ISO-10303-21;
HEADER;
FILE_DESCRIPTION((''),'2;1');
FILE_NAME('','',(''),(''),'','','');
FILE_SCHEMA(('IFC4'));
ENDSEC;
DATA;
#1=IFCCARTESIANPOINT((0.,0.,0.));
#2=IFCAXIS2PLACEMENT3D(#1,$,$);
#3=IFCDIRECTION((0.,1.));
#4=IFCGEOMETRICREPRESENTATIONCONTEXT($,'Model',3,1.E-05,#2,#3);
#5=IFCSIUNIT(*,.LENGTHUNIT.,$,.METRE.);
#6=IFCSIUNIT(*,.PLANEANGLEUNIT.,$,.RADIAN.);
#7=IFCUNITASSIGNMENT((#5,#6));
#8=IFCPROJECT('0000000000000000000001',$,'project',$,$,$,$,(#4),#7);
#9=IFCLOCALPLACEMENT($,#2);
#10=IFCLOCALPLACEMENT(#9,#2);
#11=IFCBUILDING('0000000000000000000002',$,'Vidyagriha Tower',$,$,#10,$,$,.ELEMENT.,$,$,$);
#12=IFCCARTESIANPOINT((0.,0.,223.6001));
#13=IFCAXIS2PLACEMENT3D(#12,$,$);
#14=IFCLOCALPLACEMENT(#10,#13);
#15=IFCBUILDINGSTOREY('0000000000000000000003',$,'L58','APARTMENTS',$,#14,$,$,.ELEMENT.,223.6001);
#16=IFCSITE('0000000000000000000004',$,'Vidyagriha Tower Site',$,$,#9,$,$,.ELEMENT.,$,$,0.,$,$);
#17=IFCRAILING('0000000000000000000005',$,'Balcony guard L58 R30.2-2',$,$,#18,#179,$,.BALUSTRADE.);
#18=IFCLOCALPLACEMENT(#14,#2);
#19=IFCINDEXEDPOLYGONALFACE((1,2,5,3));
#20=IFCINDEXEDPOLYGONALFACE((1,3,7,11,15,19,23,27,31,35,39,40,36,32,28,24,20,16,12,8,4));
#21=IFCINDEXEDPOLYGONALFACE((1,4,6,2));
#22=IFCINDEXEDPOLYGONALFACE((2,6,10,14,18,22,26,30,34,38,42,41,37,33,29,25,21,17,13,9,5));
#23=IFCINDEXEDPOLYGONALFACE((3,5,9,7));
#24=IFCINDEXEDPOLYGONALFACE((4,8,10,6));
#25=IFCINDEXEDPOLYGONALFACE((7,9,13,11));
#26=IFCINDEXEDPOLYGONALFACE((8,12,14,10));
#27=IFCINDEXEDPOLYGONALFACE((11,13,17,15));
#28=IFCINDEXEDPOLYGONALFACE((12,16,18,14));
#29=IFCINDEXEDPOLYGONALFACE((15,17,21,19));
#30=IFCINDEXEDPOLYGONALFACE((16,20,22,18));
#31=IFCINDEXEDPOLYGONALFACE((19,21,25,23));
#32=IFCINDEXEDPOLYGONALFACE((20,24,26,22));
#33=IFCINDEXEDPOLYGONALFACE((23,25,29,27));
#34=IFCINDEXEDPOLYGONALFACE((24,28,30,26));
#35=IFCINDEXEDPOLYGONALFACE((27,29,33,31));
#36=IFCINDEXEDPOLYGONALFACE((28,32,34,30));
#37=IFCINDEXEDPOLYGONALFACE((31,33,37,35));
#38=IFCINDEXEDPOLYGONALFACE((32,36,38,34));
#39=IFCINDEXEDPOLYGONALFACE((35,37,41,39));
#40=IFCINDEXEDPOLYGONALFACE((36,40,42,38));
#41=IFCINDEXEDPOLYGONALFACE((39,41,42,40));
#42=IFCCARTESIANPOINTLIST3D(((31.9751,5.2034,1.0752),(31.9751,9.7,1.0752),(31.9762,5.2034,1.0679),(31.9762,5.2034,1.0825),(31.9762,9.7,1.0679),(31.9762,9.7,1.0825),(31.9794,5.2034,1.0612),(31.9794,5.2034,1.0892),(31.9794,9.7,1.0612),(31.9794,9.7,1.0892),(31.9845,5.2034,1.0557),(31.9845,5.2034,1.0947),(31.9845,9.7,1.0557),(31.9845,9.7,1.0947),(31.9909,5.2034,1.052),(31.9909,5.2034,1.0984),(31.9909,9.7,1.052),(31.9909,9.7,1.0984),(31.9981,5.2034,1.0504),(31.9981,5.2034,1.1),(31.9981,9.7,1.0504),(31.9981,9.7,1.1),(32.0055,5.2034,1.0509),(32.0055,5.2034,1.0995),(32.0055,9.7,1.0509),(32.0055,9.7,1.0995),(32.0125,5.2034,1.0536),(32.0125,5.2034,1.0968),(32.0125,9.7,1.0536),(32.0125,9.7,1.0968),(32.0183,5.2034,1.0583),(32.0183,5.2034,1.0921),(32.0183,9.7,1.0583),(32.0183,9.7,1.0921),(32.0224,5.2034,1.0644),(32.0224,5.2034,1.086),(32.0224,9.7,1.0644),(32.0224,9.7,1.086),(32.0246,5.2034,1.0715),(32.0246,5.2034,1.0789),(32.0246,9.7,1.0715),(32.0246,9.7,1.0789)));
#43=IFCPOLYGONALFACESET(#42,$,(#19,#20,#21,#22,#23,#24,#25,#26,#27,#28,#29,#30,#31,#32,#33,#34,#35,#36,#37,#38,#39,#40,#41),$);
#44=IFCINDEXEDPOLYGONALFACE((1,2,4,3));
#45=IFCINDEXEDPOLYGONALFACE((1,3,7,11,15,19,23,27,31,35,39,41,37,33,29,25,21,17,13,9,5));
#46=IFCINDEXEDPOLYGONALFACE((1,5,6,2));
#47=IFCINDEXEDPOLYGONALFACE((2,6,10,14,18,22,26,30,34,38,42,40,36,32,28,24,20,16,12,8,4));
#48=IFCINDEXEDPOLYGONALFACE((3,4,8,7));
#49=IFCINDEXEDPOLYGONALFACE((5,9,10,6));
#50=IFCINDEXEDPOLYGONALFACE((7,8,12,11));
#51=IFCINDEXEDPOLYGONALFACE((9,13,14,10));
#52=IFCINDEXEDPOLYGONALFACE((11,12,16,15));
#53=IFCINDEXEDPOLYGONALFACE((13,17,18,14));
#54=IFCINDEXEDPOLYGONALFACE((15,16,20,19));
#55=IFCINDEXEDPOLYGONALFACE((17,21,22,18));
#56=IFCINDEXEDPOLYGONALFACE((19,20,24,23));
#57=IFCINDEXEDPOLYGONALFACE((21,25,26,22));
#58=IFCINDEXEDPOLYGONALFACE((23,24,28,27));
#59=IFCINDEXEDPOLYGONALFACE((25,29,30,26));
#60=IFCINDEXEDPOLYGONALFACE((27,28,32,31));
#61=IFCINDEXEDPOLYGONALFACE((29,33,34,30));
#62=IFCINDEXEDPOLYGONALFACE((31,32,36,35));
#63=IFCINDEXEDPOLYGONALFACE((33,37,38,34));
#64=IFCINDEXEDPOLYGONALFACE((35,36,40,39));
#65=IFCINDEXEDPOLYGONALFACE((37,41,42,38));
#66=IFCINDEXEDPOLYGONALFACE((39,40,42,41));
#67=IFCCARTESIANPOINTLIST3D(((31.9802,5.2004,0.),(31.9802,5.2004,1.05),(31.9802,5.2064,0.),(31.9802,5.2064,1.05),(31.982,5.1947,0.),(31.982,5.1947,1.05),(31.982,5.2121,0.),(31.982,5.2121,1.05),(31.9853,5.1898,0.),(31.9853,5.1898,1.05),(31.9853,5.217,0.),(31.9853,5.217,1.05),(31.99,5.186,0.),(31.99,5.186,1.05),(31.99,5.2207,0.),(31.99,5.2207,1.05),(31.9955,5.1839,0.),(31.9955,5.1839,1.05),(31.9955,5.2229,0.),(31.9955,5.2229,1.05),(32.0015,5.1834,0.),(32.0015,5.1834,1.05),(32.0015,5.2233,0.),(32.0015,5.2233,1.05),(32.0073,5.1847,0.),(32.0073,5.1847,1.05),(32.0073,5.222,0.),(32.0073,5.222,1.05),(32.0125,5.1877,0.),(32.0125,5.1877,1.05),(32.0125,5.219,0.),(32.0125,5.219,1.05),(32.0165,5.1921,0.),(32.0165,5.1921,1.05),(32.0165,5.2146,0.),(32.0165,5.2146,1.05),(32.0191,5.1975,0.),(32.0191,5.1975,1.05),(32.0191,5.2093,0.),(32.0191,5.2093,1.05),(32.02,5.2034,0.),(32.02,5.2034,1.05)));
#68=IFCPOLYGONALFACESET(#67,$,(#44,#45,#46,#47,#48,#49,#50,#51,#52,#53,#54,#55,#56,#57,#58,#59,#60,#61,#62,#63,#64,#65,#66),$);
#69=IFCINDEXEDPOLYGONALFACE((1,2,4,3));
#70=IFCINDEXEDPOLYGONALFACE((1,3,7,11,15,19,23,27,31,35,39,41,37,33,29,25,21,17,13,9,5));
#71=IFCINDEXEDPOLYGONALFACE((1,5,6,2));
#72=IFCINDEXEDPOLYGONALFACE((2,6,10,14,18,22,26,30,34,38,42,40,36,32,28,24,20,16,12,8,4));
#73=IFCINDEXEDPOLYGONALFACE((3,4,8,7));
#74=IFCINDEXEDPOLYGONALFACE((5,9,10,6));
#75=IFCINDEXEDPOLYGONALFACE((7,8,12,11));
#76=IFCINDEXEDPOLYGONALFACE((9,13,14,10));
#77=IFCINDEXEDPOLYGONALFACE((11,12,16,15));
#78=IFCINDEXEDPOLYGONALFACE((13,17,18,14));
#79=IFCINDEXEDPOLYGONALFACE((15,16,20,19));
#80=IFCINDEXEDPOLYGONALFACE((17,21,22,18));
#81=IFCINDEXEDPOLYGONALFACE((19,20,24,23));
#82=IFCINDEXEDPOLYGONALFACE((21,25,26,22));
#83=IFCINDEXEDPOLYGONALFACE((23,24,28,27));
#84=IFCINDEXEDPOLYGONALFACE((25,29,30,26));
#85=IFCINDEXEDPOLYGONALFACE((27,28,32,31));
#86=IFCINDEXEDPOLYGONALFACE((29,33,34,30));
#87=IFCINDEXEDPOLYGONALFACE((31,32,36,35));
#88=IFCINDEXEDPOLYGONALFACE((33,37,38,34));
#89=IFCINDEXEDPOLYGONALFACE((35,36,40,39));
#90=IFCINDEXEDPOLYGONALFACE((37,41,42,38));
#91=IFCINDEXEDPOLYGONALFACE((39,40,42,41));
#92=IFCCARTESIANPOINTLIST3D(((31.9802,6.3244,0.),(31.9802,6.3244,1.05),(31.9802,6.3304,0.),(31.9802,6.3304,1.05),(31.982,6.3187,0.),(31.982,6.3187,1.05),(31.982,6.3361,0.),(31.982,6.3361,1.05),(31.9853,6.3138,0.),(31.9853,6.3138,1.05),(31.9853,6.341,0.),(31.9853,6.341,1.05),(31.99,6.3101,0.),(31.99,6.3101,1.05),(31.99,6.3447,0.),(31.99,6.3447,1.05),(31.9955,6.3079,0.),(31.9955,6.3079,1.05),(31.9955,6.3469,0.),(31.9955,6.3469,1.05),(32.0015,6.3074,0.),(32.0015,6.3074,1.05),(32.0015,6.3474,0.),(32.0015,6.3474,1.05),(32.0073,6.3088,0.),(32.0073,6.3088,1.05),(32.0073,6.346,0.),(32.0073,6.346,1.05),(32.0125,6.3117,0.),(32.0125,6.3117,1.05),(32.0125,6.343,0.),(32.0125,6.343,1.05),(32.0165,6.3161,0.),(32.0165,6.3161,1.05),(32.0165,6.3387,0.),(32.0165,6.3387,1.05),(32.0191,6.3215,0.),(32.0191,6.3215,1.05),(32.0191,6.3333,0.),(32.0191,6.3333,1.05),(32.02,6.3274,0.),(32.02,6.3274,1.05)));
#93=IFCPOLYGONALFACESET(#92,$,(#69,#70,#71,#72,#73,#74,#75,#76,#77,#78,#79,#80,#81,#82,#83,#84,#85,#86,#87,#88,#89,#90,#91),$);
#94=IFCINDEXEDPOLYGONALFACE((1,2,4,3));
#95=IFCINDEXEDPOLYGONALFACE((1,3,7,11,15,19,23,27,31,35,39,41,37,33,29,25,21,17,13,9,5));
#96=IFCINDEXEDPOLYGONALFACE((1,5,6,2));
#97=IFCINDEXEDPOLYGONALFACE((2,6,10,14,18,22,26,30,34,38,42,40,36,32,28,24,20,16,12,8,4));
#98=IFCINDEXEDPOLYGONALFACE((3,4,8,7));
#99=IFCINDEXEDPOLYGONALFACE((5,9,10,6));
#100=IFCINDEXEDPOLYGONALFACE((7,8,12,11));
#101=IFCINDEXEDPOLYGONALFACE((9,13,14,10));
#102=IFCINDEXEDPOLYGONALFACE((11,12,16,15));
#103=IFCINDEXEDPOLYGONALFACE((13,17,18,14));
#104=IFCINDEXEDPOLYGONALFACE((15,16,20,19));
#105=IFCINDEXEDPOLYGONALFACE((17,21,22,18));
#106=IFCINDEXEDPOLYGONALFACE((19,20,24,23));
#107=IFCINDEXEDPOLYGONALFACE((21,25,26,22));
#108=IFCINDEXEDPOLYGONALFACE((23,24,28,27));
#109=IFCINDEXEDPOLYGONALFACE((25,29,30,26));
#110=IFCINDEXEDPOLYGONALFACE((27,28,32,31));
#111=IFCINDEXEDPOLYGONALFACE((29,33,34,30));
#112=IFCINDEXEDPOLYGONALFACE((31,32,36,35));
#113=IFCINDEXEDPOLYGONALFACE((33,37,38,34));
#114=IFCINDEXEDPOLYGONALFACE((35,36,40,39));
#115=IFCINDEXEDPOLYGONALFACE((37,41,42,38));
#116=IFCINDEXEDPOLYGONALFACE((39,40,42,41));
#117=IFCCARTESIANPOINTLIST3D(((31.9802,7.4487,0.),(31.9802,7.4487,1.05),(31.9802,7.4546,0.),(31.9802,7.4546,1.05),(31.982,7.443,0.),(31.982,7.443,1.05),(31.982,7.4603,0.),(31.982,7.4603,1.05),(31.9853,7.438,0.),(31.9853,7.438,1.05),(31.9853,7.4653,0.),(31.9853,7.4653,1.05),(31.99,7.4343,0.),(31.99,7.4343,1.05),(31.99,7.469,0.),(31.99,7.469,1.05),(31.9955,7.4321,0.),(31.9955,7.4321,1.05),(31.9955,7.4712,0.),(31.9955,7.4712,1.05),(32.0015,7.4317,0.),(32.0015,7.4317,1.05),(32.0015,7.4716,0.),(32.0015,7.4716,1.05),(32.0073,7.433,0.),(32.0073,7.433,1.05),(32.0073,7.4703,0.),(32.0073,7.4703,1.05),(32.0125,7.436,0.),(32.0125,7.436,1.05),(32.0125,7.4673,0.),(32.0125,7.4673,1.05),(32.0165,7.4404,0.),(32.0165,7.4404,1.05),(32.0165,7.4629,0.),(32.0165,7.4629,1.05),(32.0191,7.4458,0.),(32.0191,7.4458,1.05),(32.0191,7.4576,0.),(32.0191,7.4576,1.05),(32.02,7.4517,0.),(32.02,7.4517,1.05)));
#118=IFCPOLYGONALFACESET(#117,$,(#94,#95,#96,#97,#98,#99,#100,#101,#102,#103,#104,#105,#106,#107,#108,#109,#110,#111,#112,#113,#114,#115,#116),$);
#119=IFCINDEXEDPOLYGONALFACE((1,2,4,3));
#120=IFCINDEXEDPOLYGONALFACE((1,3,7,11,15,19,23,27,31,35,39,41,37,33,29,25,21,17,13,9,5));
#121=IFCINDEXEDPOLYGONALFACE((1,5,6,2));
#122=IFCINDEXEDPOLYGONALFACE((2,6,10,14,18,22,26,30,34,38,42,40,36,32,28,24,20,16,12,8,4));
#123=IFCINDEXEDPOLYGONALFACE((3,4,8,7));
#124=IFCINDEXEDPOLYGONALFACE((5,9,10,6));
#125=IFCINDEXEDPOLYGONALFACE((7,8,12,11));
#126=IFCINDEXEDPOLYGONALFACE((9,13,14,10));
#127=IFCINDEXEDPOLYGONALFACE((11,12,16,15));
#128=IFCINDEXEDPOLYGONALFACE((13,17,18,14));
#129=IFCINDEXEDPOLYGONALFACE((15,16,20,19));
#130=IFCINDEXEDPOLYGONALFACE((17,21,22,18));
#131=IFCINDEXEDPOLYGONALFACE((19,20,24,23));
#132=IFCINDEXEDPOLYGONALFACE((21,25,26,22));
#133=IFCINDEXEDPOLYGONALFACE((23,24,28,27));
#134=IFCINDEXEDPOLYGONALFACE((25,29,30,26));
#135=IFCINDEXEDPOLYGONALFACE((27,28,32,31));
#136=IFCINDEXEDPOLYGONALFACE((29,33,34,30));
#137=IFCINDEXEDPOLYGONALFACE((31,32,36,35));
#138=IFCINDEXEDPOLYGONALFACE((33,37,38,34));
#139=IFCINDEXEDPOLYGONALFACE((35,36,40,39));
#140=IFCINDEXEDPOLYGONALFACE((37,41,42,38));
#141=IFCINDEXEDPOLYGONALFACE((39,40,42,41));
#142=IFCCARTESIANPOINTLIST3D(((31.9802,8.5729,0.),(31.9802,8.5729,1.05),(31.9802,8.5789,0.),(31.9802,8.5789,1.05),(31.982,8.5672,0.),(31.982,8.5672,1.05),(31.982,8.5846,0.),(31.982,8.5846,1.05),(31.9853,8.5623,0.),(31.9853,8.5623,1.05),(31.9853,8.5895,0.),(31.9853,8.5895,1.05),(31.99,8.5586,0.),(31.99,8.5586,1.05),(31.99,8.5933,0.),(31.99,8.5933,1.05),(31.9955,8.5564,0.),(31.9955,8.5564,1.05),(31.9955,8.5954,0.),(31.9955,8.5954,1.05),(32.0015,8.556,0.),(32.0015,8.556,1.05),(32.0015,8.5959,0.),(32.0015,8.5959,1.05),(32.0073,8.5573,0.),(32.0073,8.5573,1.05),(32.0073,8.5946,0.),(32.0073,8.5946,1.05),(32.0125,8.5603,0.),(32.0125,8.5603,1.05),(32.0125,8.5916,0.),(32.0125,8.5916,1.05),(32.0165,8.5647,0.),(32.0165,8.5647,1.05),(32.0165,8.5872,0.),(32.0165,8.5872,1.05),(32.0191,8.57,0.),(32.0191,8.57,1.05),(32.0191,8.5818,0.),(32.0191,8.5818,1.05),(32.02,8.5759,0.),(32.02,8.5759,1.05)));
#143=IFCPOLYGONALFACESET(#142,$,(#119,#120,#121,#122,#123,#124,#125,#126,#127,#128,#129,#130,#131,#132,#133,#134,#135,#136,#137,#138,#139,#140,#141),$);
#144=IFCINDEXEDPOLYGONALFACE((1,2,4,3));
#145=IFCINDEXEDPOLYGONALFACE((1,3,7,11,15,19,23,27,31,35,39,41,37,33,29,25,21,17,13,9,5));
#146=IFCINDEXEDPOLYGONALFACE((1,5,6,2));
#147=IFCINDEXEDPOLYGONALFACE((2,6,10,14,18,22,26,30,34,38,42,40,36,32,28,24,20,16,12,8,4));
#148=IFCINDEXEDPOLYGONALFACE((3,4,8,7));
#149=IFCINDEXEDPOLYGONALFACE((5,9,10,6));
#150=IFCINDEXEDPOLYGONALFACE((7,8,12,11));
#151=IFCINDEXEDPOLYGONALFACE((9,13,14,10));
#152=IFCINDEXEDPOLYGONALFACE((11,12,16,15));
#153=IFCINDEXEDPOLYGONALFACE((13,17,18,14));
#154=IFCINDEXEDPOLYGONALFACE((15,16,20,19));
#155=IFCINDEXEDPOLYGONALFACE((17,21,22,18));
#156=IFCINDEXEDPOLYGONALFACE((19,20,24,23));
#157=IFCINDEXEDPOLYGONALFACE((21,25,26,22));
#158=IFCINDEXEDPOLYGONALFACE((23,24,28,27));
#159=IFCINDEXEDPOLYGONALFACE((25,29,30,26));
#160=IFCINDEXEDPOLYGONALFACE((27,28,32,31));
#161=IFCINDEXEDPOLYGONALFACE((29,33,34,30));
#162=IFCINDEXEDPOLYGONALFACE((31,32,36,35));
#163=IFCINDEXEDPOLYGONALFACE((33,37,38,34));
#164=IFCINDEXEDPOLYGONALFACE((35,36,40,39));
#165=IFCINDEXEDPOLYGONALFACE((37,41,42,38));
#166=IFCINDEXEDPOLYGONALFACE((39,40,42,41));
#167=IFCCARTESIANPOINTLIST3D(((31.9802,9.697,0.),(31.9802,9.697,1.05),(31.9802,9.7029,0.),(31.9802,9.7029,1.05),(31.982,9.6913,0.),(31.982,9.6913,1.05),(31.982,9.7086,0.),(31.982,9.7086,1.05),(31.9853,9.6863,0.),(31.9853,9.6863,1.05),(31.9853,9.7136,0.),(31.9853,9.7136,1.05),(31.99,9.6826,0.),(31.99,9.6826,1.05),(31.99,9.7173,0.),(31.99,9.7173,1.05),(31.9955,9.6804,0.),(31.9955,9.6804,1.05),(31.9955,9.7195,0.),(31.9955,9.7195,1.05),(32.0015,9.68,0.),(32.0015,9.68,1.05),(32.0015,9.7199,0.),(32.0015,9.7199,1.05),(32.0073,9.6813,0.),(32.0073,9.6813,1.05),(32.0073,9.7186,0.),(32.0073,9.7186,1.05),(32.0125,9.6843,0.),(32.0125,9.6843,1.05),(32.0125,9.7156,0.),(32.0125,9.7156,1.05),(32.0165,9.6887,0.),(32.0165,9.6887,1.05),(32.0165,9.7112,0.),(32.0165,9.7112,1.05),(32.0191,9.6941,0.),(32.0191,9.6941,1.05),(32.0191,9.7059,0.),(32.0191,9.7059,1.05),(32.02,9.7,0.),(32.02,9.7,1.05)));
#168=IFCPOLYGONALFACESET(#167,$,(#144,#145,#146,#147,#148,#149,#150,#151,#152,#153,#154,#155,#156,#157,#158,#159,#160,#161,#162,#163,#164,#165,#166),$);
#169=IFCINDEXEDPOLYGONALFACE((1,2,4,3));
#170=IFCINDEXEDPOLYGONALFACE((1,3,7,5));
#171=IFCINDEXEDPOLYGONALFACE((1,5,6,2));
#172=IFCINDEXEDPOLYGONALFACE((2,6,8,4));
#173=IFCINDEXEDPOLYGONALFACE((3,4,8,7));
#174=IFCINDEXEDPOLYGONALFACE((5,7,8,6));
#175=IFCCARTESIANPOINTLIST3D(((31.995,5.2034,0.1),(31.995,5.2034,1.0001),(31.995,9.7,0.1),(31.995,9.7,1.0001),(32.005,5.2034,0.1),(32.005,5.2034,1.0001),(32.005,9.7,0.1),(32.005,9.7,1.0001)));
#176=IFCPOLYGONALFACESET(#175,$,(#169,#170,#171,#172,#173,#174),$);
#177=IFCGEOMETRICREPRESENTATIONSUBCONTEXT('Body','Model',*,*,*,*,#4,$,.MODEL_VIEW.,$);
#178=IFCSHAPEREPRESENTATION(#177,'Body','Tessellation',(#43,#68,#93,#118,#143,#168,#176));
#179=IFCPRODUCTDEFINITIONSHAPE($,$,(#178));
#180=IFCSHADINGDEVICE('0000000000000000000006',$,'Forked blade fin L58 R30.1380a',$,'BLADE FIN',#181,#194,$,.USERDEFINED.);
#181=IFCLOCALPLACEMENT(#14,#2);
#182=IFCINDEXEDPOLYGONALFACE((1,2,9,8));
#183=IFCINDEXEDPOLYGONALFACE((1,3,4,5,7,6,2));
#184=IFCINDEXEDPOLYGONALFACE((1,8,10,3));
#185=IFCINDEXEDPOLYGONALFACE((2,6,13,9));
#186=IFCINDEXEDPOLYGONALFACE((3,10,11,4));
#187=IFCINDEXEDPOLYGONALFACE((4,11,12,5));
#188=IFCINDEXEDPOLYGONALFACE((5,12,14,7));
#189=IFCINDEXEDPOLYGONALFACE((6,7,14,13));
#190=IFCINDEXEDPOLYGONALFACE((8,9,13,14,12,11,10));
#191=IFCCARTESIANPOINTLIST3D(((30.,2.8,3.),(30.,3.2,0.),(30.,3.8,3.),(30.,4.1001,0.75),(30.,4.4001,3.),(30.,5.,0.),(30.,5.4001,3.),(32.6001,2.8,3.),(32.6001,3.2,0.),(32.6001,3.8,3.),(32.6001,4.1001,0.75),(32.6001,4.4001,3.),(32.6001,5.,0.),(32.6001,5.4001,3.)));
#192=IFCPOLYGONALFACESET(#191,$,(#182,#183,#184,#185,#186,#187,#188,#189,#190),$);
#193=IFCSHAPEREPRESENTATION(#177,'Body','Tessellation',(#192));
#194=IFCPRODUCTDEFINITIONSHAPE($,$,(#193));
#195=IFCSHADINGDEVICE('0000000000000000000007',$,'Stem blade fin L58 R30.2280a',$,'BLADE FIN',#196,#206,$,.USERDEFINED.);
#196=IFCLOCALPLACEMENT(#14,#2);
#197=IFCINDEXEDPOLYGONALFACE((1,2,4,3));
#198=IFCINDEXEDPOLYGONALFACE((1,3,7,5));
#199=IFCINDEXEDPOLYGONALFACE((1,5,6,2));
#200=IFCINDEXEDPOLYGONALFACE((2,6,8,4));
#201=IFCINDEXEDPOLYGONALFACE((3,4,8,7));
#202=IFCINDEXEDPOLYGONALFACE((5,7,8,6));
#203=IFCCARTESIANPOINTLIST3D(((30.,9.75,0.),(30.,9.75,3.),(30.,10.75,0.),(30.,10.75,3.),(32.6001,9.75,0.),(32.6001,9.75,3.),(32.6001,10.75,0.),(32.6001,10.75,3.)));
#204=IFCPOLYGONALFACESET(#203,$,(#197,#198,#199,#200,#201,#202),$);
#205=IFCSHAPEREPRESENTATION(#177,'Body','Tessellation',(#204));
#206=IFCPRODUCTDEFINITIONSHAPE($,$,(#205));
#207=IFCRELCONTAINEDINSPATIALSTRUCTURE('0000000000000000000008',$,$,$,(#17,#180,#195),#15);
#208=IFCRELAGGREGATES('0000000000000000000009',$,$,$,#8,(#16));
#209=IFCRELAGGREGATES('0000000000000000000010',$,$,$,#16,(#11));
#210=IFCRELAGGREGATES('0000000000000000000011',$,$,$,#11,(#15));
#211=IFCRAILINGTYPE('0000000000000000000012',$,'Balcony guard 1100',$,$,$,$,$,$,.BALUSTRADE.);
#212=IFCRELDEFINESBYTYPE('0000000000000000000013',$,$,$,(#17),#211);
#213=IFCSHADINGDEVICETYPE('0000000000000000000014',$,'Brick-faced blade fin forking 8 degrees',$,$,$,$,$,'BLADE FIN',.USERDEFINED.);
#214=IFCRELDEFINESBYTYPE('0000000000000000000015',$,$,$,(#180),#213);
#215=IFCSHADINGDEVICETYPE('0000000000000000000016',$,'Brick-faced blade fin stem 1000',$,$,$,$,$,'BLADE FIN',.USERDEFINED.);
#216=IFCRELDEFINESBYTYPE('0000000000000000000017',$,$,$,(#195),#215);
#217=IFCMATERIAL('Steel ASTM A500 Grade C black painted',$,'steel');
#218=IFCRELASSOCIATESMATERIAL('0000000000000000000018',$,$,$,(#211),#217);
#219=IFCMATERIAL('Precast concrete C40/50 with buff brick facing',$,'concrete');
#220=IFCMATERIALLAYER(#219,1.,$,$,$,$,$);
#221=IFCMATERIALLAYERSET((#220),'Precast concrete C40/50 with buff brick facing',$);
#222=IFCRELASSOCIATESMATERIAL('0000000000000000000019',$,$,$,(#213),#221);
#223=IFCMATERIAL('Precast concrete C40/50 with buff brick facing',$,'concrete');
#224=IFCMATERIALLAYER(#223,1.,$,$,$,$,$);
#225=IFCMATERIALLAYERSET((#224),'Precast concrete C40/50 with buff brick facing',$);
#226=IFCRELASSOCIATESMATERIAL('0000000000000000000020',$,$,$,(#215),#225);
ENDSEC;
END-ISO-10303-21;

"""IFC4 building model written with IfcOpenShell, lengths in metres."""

from ifc_helpers import new_model, si_unit, direction, frame, origin, origin_2d, place, context, subcontext, project, spatial, polyline, rectangle, circle, outline, extrude, material, layer, layer_set, type_object, element, save


model = new_model("IFC4")

# Units and contexts
model_context = context("Model", 3, precision=1e-05, world=origin(), true_north=direction((0.0, 1.0)))
body_context = subcontext(model_context, "Body", "Model", "MODEL_VIEW")
ifc_project = project(units=[si_unit("LENGTHUNIT", "METRE"), si_unit("PLANEANGLEUNIT", "RADIAN")], contexts=[model_context])

# Site, building, storey
site_placement = place(None, origin())
site = spatial("IfcSite", under=ifc_project, at=site_placement, Name="Vidyagriha Tower Site", CompositionType="ELEMENT", RefElevation=0.0)
building_placement = place(site_placement, origin())
building = spatial("IfcBuilding", under=site, at=building_placement, Name="Vidyagriha Tower", CompositionType="ELEMENT")
storey_placement = place(building_placement, frame((0.0, 0.0, 223.6001)))
storey = spatial("IfcBuildingStorey", under=building, at=storey_placement, Name="L58", Description="APARTMENTS", CompositionType="ELEMENT", Elevation=223.6001)

# Railing
ifc_material_1 = material(Name="Steel ASTM A500 Grade C black painted", Category="steel")
railing_type_1 = type_object("IfcRailingType", Name="Balcony guard 1100", PredefinedType="BALUSTRADE", material=ifc_material_1)
railing_1_placement = place(storey_placement, frame((32.0, 5.2034, 0.0)))
element("IfcRailing", 1, at=railing_1_placement, inside=storey, type_object=railing_type_1, Name="Balcony guard L58 R30.2-2", PredefinedType="BALUSTRADE", context=body_context, shape_type="SweptSolid", body=[
    extrude(circle(Radius=0.0249, at=origin_2d()), frame((0.0, 0.0, 1.0752), z_axis=(0.0, 1.0, 0.0), x_axis=(-1.0, 0.0, 0.0)), (0.0, 0.0, 1.0), 4.4966),
    extrude(circle(Radius=0.02, at=origin_2d()), origin(), (0.0, 0.0, 1.0), 1.05),
    extrude(circle(Radius=0.02, at=origin_2d()), frame((0.0, 1.124, 0.0)), (0.0, 0.0, 1.0), 1.05),
    extrude(circle(Radius=0.02, at=origin_2d()), frame((0.0, 2.2483, 0.0)), (0.0, 0.0, 1.0), 1.05),
    extrude(circle(Radius=0.02, at=origin_2d()), frame((0.0, 3.3726, 0.0)), (0.0, 0.0, 1.0), 1.05),
    extrude(circle(Radius=0.02, at=origin_2d()), frame((0.0, 4.4966, 0.0)), (0.0, 0.0, 1.0), 1.05),
    extrude(rectangle(XDim=0.01, YDim=0.9001, at=origin_2d()), frame((0.0, 0.0, 0.55), z_axis=(0.0, 1.0, 0.0), x_axis=(-1.0, 0.0, 0.0)), (0.0, 0.0, 1.0), 4.4966),
])

# Shading devices
ifc_material_2 = material(Name="Precast concrete C40/50 with buff brick facing", Category="concrete")
ifc_layer_1 = layer(ifc_material_2, 1.0)
ifc_layer_set_1 = layer_set([ifc_layer_1], Name="Precast concrete C40/50 with buff brick facing")
shading_device_type_1 = type_object("IfcShadingDeviceType", Name="Brick-faced blade fin forking 8 degrees", ElementType="BLADE FIN", PredefinedType="USERDEFINED", material=ifc_layer_set_1)
shading_device_1_placement = place(storey_placement, frame((31.3, 2.8, 0.0), z_axis=(0.0, 0.0, 1.0), x_axis=(0.0, 1.0, 0.0)))
element("IfcShadingDevice", 2, at=shading_device_1_placement, inside=storey, type_object=shading_device_type_1, Name="Forked blade fin L58 R30.1380a", ObjectType="BLADE FIN", PredefinedType="USERDEFINED", context=body_context, shape_type="SweptSolid", body=[
    extrude(outline(polyline([(0.3999, 0.0), (2.2, 0.0), (2.6001, 3.0), (1.6001, 3.0), (1.3, 0.75), (1.0, 3.0), (0.0, 3.0), (0.3999, 0.0)])), frame((0.0, 1.3, 0.0), z_axis=(0.0, -1.0, 0.0), x_axis=(1.0, 0.0, 0.0)), (0.0, 0.0, 1.0), 2.6001),
])
ifc_material_3 = material(Name="Precast concrete C40/50 with buff brick facing", Category="concrete")
ifc_layer_2 = layer(ifc_material_3, 1.0)
ifc_layer_set_2 = layer_set([ifc_layer_2], Name="Precast concrete C40/50 with buff brick facing")
shading_device_type_2 = type_object("IfcShadingDeviceType", Name="Brick-faced blade fin stem 1000", ElementType="BLADE FIN", PredefinedType="USERDEFINED", material=ifc_layer_set_2)
shading_device_2_placement = place(storey_placement, frame((31.3, 9.75, 0.0), z_axis=(0.0, 0.0, 1.0), x_axis=(0.0, 1.0, 0.0)))
element("IfcShadingDevice", 3, at=shading_device_2_placement, inside=storey, type_object=shading_device_type_2, Name="Stem blade fin L58 R30.2280a", ObjectType="BLADE FIN", PredefinedType="USERDEFINED", context=body_context, shape_type="SweptSolid", body=[
    extrude(outline(polyline([(0.0, 0.0), (1.0, 0.0), (1.0, 3.0), (0.0, 3.0), (0.0, 0.0)])), frame((0.0, 1.3, 0.0), z_axis=(0.0, -1.0, 0.0), x_axis=(1.0, 0.0, 0.0)), (0.0, 0.0, 1.0), 2.6001),
])

save(model, "model.ifc")
